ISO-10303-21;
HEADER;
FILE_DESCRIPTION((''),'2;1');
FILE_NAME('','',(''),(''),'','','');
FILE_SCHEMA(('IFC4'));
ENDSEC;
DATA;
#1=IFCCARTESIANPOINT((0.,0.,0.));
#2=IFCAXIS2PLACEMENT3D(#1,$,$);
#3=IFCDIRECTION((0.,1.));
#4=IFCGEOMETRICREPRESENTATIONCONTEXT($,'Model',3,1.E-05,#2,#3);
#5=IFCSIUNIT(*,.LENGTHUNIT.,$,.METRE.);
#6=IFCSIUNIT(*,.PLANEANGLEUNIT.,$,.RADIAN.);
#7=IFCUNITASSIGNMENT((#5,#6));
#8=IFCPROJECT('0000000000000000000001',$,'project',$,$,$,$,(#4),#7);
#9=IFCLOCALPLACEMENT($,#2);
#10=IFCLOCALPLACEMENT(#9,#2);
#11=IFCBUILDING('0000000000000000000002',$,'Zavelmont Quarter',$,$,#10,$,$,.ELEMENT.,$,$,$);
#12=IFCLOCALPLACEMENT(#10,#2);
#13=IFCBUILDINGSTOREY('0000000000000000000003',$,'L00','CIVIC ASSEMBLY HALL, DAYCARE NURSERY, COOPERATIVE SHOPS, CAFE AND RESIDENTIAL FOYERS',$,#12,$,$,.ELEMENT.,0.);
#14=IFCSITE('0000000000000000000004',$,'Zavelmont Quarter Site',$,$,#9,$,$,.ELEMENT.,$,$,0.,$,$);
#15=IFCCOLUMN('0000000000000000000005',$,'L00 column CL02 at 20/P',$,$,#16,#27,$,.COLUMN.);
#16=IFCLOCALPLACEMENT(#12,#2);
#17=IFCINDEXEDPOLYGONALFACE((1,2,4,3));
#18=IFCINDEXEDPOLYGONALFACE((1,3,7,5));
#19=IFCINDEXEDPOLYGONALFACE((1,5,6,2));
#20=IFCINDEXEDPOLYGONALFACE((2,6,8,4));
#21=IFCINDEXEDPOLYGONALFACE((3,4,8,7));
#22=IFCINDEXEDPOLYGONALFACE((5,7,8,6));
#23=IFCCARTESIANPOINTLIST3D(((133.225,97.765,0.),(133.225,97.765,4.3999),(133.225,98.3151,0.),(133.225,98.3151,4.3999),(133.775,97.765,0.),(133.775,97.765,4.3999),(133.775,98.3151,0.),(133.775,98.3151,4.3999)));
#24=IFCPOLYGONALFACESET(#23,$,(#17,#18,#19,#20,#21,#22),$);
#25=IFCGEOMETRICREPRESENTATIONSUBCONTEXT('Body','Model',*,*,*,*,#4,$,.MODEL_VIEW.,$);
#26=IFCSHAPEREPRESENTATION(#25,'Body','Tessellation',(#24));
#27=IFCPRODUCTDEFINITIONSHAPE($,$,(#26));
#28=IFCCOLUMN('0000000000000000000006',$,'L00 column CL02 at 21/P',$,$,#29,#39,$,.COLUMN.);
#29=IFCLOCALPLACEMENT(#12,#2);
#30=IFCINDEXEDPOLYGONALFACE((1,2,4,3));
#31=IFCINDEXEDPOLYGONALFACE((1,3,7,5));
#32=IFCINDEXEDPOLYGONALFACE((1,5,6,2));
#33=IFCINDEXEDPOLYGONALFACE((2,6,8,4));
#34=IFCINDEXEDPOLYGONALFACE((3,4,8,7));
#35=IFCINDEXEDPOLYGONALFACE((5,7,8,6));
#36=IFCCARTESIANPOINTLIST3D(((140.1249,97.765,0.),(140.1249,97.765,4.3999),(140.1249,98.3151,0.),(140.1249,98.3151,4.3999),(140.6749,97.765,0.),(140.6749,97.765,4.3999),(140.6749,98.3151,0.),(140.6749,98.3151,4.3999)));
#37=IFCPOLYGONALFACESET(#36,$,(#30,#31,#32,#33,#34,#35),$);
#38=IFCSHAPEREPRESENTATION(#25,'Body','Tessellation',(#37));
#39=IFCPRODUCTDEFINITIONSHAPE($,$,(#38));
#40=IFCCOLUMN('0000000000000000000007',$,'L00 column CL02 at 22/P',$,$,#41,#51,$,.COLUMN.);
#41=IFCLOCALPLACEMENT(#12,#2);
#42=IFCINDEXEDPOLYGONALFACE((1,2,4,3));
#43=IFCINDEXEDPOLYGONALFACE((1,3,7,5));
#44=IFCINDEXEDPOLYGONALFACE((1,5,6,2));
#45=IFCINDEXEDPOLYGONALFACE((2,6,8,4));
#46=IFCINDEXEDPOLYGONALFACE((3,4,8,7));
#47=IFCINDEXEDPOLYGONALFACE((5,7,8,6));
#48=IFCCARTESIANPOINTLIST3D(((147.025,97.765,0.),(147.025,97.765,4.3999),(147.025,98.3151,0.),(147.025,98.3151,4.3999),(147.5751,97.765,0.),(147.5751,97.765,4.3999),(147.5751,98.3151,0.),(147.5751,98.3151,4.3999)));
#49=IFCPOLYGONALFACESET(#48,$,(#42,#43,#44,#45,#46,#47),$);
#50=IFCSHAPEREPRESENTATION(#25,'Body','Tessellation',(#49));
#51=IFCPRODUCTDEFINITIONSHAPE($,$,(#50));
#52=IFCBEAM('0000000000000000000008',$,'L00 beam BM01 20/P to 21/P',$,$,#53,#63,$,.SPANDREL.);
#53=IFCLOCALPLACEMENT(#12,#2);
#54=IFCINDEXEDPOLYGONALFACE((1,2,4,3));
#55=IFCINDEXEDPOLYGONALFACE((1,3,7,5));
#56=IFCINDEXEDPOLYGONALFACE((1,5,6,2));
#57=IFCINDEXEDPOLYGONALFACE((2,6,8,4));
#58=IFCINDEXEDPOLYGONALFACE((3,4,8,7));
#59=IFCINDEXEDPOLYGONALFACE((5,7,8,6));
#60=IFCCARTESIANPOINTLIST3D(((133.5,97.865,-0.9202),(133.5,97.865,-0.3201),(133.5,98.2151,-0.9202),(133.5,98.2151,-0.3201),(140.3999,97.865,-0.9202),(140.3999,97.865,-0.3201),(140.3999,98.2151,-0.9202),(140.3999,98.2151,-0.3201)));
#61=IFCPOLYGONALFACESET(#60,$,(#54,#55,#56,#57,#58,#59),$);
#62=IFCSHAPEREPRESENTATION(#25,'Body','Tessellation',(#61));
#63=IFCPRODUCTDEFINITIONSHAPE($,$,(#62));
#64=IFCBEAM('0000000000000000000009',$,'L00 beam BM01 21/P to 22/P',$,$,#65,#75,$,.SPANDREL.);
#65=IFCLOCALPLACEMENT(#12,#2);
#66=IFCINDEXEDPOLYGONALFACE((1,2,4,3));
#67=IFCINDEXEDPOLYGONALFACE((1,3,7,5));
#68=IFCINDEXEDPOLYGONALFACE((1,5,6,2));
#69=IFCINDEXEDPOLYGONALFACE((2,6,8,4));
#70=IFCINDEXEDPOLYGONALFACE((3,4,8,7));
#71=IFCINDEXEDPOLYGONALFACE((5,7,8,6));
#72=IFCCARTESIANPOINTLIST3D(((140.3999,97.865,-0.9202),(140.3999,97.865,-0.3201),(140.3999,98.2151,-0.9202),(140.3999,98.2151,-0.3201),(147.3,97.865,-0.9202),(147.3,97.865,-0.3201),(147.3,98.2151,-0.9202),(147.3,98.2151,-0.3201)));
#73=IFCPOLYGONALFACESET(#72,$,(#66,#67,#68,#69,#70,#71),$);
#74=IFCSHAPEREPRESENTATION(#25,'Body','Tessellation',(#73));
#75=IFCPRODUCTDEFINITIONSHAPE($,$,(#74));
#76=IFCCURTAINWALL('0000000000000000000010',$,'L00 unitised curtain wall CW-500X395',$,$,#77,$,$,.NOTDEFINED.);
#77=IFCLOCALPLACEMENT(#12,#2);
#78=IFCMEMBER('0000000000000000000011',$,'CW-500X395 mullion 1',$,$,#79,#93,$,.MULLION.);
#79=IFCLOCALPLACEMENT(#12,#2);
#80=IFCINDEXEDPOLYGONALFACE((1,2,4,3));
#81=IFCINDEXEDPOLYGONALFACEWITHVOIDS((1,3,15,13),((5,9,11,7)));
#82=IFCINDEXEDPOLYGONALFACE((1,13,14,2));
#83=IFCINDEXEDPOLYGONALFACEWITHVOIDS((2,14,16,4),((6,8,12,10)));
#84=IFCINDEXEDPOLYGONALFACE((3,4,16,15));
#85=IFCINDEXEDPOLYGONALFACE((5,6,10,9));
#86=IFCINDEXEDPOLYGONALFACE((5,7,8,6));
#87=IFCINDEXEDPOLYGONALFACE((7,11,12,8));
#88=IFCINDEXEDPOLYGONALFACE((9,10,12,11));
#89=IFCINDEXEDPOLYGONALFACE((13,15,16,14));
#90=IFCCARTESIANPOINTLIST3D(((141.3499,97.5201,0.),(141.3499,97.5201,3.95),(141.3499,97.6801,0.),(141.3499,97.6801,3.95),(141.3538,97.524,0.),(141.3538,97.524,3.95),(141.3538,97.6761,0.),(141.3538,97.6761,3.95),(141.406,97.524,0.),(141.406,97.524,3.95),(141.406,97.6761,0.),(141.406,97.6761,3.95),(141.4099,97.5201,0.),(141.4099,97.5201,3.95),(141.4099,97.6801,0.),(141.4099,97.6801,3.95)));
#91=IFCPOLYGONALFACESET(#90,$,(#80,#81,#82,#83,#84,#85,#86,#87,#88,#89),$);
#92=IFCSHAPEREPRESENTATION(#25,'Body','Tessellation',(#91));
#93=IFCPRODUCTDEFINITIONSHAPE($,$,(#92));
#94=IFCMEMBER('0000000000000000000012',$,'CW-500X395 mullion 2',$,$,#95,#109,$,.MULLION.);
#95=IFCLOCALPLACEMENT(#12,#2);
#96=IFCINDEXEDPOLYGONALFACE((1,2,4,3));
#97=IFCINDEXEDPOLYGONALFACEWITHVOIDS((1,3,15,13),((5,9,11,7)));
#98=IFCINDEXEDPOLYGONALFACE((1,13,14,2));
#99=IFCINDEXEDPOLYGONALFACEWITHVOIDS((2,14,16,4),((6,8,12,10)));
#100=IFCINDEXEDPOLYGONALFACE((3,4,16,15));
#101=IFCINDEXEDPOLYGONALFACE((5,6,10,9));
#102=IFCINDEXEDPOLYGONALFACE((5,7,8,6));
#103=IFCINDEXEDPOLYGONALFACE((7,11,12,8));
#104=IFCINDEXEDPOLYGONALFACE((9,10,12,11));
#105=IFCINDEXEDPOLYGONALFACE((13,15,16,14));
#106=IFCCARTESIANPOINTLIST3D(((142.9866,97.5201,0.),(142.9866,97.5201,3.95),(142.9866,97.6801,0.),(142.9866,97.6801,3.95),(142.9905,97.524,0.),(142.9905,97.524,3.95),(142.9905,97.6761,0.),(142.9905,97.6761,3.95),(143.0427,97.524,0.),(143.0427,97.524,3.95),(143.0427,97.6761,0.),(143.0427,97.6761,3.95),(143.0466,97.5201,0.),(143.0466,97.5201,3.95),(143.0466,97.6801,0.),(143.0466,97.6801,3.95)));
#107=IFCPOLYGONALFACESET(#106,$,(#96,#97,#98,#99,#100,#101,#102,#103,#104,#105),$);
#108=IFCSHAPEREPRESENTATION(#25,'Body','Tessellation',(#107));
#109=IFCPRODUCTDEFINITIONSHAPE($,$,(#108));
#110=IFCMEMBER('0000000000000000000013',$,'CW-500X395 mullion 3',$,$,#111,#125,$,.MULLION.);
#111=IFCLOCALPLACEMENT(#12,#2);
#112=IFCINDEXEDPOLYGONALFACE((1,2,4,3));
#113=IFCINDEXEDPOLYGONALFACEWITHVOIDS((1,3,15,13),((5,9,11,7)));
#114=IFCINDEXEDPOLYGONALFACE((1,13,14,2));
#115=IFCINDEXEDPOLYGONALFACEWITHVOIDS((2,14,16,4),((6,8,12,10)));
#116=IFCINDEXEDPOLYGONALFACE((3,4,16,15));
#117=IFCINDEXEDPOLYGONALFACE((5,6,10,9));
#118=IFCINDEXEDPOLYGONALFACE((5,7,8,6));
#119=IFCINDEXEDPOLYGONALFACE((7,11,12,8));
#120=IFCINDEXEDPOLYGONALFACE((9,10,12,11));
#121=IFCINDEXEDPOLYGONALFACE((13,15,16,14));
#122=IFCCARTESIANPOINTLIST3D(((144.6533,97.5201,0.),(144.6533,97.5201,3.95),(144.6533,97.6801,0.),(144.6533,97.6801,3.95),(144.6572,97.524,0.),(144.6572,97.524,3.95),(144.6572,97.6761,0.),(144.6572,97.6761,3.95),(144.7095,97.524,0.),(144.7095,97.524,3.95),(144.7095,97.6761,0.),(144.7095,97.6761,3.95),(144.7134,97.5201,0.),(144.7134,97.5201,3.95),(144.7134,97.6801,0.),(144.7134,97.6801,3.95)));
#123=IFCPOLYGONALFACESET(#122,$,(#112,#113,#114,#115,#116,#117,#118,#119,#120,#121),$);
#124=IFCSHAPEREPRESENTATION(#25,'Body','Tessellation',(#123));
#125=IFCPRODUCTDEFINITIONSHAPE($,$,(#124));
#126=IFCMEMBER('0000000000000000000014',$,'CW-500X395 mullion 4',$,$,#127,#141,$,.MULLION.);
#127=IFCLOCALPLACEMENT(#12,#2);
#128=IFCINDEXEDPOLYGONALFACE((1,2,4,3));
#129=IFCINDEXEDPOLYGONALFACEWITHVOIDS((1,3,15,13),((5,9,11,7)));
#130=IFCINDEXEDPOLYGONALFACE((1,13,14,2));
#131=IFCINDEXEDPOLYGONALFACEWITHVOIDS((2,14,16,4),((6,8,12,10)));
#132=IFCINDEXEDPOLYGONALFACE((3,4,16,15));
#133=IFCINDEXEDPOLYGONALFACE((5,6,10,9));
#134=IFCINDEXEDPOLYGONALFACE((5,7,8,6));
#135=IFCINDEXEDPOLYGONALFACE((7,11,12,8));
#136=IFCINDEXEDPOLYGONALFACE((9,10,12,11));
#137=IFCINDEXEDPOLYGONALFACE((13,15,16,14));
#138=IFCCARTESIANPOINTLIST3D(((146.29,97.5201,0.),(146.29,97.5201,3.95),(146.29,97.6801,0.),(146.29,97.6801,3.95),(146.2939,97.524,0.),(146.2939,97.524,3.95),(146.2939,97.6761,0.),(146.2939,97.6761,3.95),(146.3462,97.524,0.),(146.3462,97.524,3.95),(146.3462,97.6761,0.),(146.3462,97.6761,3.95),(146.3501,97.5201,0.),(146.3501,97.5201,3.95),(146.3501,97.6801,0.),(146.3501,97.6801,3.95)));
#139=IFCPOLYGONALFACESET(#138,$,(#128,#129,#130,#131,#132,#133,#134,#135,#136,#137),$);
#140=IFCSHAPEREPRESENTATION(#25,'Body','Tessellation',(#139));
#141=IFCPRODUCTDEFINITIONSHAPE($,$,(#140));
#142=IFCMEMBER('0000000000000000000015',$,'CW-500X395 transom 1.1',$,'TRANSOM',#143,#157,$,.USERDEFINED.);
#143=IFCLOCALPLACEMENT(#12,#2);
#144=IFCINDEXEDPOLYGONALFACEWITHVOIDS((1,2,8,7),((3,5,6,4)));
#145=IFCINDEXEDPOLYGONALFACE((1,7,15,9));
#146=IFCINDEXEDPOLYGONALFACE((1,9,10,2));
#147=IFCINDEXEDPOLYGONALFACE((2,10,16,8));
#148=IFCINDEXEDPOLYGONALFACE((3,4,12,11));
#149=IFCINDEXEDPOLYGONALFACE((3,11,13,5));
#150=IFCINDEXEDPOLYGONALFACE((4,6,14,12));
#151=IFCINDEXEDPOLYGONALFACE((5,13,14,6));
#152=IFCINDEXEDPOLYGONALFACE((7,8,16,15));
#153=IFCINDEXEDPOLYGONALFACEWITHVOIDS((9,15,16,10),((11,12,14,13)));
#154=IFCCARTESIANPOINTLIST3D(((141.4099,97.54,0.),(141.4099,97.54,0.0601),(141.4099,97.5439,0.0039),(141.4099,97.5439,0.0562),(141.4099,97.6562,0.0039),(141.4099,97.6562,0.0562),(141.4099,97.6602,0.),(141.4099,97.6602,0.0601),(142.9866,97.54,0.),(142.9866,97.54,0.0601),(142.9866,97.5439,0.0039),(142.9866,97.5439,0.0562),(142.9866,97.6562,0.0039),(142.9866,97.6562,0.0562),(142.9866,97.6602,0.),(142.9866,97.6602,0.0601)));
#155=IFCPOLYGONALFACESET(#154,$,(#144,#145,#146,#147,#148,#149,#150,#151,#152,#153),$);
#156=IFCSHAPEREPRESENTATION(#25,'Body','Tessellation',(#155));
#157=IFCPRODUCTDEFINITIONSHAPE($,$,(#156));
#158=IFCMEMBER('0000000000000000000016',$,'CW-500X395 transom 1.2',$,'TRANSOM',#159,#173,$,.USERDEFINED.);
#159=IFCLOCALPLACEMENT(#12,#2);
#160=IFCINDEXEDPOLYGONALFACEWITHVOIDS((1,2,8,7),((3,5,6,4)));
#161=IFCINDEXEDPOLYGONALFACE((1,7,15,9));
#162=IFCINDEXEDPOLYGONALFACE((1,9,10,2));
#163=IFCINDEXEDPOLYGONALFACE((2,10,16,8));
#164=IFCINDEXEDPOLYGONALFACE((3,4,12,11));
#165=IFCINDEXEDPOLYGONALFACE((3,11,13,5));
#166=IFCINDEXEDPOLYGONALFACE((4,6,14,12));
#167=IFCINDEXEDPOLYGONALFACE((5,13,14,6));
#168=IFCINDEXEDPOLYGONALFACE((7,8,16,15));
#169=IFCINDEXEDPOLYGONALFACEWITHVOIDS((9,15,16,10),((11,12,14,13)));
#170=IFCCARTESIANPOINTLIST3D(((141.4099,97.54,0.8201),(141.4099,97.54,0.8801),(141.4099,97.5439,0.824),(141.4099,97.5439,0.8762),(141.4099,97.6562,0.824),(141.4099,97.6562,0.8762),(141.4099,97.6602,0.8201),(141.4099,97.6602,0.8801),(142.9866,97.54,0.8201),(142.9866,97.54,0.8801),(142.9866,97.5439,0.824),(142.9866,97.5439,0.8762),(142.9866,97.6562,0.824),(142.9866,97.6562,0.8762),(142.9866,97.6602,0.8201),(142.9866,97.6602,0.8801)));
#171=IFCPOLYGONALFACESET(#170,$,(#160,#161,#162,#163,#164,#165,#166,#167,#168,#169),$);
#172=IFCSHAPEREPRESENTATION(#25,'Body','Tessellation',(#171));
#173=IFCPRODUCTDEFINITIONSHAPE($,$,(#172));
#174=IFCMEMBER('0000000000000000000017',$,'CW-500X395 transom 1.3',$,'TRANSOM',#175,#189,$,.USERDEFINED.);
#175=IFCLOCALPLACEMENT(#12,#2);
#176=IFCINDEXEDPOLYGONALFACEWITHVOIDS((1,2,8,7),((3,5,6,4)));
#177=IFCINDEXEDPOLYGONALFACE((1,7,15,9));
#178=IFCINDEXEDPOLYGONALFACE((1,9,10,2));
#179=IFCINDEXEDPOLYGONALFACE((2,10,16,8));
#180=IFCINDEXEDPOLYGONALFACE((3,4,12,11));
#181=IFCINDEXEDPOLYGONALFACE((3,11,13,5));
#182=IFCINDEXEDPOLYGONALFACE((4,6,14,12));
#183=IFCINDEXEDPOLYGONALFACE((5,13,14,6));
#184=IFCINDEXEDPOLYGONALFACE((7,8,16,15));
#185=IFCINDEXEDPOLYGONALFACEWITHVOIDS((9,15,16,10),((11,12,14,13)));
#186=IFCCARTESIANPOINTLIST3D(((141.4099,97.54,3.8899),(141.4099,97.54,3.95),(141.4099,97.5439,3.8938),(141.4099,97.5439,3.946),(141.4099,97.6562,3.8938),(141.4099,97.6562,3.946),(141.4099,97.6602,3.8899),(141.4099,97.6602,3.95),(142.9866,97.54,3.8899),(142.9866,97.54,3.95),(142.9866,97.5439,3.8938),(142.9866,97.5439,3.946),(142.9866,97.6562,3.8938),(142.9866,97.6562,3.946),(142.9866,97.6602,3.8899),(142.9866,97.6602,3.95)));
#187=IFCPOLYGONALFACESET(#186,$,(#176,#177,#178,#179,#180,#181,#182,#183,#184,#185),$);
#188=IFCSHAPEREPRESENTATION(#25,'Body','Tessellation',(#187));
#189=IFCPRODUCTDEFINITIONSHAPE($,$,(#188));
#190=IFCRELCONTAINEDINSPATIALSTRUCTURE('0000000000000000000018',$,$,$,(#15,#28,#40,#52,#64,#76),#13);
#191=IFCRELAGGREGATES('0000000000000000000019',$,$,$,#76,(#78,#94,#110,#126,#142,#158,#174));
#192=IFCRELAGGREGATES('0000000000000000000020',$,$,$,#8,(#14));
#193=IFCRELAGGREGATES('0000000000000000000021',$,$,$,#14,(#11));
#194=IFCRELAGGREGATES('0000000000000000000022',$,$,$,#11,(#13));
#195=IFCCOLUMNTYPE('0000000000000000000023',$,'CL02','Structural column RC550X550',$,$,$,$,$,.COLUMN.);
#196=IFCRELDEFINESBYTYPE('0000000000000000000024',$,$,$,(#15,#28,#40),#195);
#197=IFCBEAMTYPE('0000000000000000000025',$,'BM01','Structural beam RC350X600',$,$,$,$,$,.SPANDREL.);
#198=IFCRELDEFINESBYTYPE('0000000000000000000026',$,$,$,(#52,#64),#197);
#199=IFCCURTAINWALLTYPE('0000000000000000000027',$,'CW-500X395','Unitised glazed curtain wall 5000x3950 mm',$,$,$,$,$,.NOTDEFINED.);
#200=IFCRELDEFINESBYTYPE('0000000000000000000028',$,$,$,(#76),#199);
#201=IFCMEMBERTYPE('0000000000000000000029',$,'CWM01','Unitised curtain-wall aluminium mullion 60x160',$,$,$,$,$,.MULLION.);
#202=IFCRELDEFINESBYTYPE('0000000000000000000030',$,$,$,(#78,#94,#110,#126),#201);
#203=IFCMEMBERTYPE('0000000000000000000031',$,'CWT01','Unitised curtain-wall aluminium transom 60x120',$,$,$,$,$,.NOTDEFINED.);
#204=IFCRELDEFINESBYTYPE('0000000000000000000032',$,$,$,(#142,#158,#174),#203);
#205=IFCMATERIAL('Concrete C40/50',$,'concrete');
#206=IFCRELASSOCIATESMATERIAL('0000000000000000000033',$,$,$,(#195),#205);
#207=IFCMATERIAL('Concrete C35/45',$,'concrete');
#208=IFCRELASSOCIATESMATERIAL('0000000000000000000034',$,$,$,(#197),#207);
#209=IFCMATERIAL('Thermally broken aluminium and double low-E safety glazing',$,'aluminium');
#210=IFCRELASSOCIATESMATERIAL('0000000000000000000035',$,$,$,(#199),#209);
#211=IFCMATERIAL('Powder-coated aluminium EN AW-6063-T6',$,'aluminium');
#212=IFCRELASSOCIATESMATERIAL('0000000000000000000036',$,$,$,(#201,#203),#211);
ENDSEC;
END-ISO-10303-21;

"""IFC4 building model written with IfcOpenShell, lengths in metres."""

from ifc_helpers import new_model, si_unit, direction, frame, origin, origin_2d, place, context, subcontext, project, spatial, rectangle, hollow_rectangle, extrude, material, material_profile, profile_set, type_object, element, aggregate, save


model = new_model("IFC4")

# Units and contexts
model_context = context("Model", 3, precision=1e-05, world=origin(), true_north=direction((0.0, 1.0)))
body_context = subcontext(model_context, "Body", "Model", "MODEL_VIEW")
ifc_project = project(units=[si_unit("LENGTHUNIT", "METRE"), si_unit("PLANEANGLEUNIT", "RADIAN")], contexts=[model_context])

# Site, building, storey
site_placement = place(None, origin())
site = spatial("IfcSite", under=ifc_project, at=site_placement, Name="Zavelmont Quarter Site", CompositionType="ELEMENT", RefElevation=0.0)
building_placement = place(site_placement, origin())
building = spatial("IfcBuilding", under=site, at=building_placement, Name="Zavelmont Quarter", CompositionType="ELEMENT")
storey_placement = place(building_placement, origin())
storey = spatial("IfcBuildingStorey", under=building, at=storey_placement, Name="L00", Description="CIVIC ASSEMBLY HALL, DAYCARE NURSERY, COOPERATIVE SHOPS, CAFE AND RESIDENTIAL FOYERS", CompositionType="ELEMENT", Elevation=0.0)

# Columns
ifc_material_1 = material(Name="Concrete C40/50", Category="concrete")
ifc_material_profile_1 = material_profile(ifc_material_1, rectangle(XDim=0.55, YDim=0.55, at=origin_2d()), Name="RC550X550")
ifc_profile_set_1 = profile_set([ifc_material_profile_1], Name="Concrete C40/50")
column_type = type_object("IfcColumnType", Name="CL02", Description="Structural column RC550X550", PredefinedType="COLUMN", material=ifc_profile_set_1)
for number, where, z_axis, x_axis, name in (
    (1, (133.5, 98.04, 0.0), (0.0, 0.0, 1.0), (1.0, 0.0, 0.0), "L00 column CL02 at 20/P"),
    (2, (140.3999, 98.04, 0.0), (0.0, 0.0, 1.0), (1.0, 0.0, 0.0), "L00 column CL02 at 21/P"),
    (3, (147.3, 98.04, 0.0), (0.0, 0.0, 1.0), (1.0, 0.0, 0.0), "L00 column CL02 at 22/P"),
):
    element("IfcColumn", number, at=place(storey_placement, frame(where, z_axis=z_axis, x_axis=x_axis)), inside=storey, type_object=column_type, Name=name, PredefinedType="COLUMN", context=body_context, shape_type="SweptSolid", body=[
        extrude(rectangle(XDim=0.55, YDim=0.55, at=origin_2d()), origin(), (0.0, 0.0, 1.0), 4.3999),
    ])

# Beams
ifc_material_2 = material(Name="Concrete C35/45", Category="concrete")
ifc_material_profile_2 = material_profile(ifc_material_2, rectangle(XDim=0.3501, YDim=0.6001, at=origin_2d()), Name="RC350X600")
ifc_profile_set_2 = profile_set([ifc_material_profile_2], Name="Concrete C35/45")
beam_type = type_object("IfcBeamType", Name="BM01", Description="Structural beam RC350X600", PredefinedType="SPANDREL", material=ifc_profile_set_2)
beam_1_placement = place(storey_placement, frame((133.5, 98.04, -0.6201), z_axis=(1.0, 0.0, 0.0), x_axis=(0.0, 1.0, 0.0)))
element("IfcBeam", 4, at=beam_1_placement, inside=storey, type_object=beam_type, Name="L00 beam BM01 20/P to 21/P", PredefinedType="SPANDREL", context=body_context, shape_type="SweptSolid", body=[
    extrude(rectangle(XDim=0.3501, YDim=0.6001, at=origin_2d()), origin(), (0.0, 0.0, 1.0), 6.8999),
])
beam_2_placement = place(storey_placement, frame((140.3999, 98.04, -0.6201), z_axis=(1.0, 0.0, 0.0), x_axis=(0.0, 1.0, 0.0)))
element("IfcBeam", 5, at=beam_2_placement, inside=storey, type_object=beam_type, Name="L00 beam BM01 21/P to 22/P", PredefinedType="SPANDREL", context=body_context, shape_type="SweptSolid", body=[
    extrude(rectangle(XDim=0.3501, YDim=0.6001, at=origin_2d()), origin(), (0.0, 0.0, 1.0), 6.9001),
])

# Curtain wall, members
ifc_material_3 = material(Name="Thermally broken aluminium and double low-E safety glazing", Category="aluminium")
curtain_wall_type = type_object("IfcCurtainWallType", Name="CW-500X395", Description="Unitised glazed curtain wall 5000x3950 mm", PredefinedType="NOTDEFINED", material=ifc_material_3)
curtain_wall_placement = place(storey_placement, origin())
curtain_wall = element("IfcCurtainWall", 6, at=curtain_wall_placement, inside=storey, type_object=curtain_wall_type, Name="L00 unitised curtain wall CW-500X395", PredefinedType="NOTDEFINED")
ifc_material_4 = material(Name="Powder-coated aluminium EN AW-6063-T6", Category="aluminium")
ifc_material_profile_3 = material_profile(ifc_material_4, hollow_rectangle(XDim=0.0601, YDim=0.1599, WallThickness=0.0039, at=origin_2d()), Name="CWM60X160")
ifc_profile_set_3 = profile_set([ifc_material_profile_3], Name="Powder-coated aluminium EN AW-6063-T6")
member_type_1 = type_object("IfcMemberType", Name="CWM01", Description="Unitised curtain-wall aluminium mullion 60x160", PredefinedType="MULLION", material=ifc_profile_set_3)
member_1_placement = place(storey_placement, frame((141.3799, 97.6001, 0.0), z_axis=(0.0, 0.0, 1.0), x_axis=(1.0, 0.0, 0.0)))
member_1 = element("IfcMember", 7, at=member_1_placement, type_object=member_type_1, Name="CW-500X395 mullion 1", PredefinedType="MULLION", context=body_context, shape_type="SweptSolid", body=[
    extrude(hollow_rectangle(XDim=0.0601, YDim=0.1599, WallThickness=0.0039, at=origin_2d()), origin(), (0.0, 0.0, 1.0), 3.95),
])
member_2_placement = place(storey_placement, frame((143.0166, 97.6001, 0.0), z_axis=(0.0, 0.0, 1.0), x_axis=(1.0, 0.0, 0.0)))
member_2 = element("IfcMember", 8, at=member_2_placement, type_object=member_type_1, Name="CW-500X395 mullion 2", PredefinedType="MULLION", context=body_context, shape_type="SweptSolid", body=[
    extrude(hollow_rectangle(XDim=0.0601, YDim=0.1599, WallThickness=0.0039, at=origin_2d()), origin(), (0.0, 0.0, 1.0), 3.95),
])
member_3_placement = place(storey_placement, frame((144.6833, 97.6001, 0.0), z_axis=(0.0, 0.0, 1.0), x_axis=(1.0, 0.0, 0.0)))
member_3 = element("IfcMember", 9, at=member_3_placement, type_object=member_type_1, Name="CW-500X395 mullion 3", PredefinedType="MULLION", context=body_context, shape_type="SweptSolid", body=[
    extrude(hollow_rectangle(XDim=0.0601, YDim=0.1599, WallThickness=0.0039, at=origin_2d()), origin(), (0.0, 0.0, 1.0), 3.95),
])
member_4_placement = place(storey_placement, frame((146.3201, 97.6001, 0.0), z_axis=(0.0, 0.0, 1.0), x_axis=(1.0, 0.0, 0.0)))
member_4 = element("IfcMember", 10, at=member_4_placement, type_object=member_type_1, Name="CW-500X395 mullion 4", PredefinedType="MULLION", context=body_context, shape_type="SweptSolid", body=[
    extrude(hollow_rectangle(XDim=0.0601, YDim=0.1599, WallThickness=0.0039, at=origin_2d()), origin(), (0.0, 0.0, 1.0), 3.95),
])
ifc_material_profile_4 = material_profile(ifc_material_4, hollow_rectangle(XDim=0.1201, YDim=0.0601, WallThickness=0.0039, at=origin_2d()), Name="CWT60X120")
ifc_profile_set_4 = profile_set([ifc_material_profile_4], Name="Powder-coated aluminium EN AW-6063-T6")
member_type_2 = type_object("IfcMemberType", Name="CWT01", Description="Unitised curtain-wall aluminium transom 60x120", PredefinedType="NOTDEFINED", material=ifc_profile_set_4)
member_5_placement = place(storey_placement, frame((141.4099, 97.6001, 0.03), z_axis=(1.0, 0.0, 0.0), x_axis=(0.0, 1.0, 0.0)))
member_5 = element("IfcMember", 11, at=member_5_placement, type_object=member_type_2, Name="CW-500X395 transom 1.1", ObjectType="TRANSOM", PredefinedType="USERDEFINED", context=body_context, shape_type="SweptSolid", body=[
    extrude(hollow_rectangle(XDim=0.1201, YDim=0.0601, WallThickness=0.0039, at=origin_2d()), origin(), (0.0, 0.0, 1.0), 1.5767),
])
member_6_placement = place(storey_placement, frame((141.4099, 97.6001, 0.8501), z_axis=(1.0, 0.0, 0.0), x_axis=(0.0, 1.0, 0.0)))
member_6 = element("IfcMember", 12, at=member_6_placement, type_object=member_type_2, Name="CW-500X395 transom 1.2", ObjectType="TRANSOM", PredefinedType="USERDEFINED", context=body_context, shape_type="SweptSolid", body=[
    extrude(hollow_rectangle(XDim=0.1201, YDim=0.0601, WallThickness=0.0039, at=origin_2d()), origin(), (0.0, 0.0, 1.0), 1.5767),
])
member_7_placement = place(storey_placement, frame((141.4099, 97.6001, 3.9199), z_axis=(1.0, 0.0, 0.0), x_axis=(0.0, 1.0, 0.0)))
member_7 = element("IfcMember", 13, at=member_7_placement, type_object=member_type_2, Name="CW-500X395 transom 1.3", ObjectType="TRANSOM", PredefinedType="USERDEFINED", context=body_context, shape_type="SweptSolid", body=[
    extrude(hollow_rectangle(XDim=0.1201, YDim=0.0601, WallThickness=0.0039, at=origin_2d()), origin(), (0.0, 0.0, 1.0), 1.5767),
])
aggregate(curtain_wall, [member_1, member_2, member_3, member_4, member_5, member_6, member_7])

save(model, "model.ifc")
